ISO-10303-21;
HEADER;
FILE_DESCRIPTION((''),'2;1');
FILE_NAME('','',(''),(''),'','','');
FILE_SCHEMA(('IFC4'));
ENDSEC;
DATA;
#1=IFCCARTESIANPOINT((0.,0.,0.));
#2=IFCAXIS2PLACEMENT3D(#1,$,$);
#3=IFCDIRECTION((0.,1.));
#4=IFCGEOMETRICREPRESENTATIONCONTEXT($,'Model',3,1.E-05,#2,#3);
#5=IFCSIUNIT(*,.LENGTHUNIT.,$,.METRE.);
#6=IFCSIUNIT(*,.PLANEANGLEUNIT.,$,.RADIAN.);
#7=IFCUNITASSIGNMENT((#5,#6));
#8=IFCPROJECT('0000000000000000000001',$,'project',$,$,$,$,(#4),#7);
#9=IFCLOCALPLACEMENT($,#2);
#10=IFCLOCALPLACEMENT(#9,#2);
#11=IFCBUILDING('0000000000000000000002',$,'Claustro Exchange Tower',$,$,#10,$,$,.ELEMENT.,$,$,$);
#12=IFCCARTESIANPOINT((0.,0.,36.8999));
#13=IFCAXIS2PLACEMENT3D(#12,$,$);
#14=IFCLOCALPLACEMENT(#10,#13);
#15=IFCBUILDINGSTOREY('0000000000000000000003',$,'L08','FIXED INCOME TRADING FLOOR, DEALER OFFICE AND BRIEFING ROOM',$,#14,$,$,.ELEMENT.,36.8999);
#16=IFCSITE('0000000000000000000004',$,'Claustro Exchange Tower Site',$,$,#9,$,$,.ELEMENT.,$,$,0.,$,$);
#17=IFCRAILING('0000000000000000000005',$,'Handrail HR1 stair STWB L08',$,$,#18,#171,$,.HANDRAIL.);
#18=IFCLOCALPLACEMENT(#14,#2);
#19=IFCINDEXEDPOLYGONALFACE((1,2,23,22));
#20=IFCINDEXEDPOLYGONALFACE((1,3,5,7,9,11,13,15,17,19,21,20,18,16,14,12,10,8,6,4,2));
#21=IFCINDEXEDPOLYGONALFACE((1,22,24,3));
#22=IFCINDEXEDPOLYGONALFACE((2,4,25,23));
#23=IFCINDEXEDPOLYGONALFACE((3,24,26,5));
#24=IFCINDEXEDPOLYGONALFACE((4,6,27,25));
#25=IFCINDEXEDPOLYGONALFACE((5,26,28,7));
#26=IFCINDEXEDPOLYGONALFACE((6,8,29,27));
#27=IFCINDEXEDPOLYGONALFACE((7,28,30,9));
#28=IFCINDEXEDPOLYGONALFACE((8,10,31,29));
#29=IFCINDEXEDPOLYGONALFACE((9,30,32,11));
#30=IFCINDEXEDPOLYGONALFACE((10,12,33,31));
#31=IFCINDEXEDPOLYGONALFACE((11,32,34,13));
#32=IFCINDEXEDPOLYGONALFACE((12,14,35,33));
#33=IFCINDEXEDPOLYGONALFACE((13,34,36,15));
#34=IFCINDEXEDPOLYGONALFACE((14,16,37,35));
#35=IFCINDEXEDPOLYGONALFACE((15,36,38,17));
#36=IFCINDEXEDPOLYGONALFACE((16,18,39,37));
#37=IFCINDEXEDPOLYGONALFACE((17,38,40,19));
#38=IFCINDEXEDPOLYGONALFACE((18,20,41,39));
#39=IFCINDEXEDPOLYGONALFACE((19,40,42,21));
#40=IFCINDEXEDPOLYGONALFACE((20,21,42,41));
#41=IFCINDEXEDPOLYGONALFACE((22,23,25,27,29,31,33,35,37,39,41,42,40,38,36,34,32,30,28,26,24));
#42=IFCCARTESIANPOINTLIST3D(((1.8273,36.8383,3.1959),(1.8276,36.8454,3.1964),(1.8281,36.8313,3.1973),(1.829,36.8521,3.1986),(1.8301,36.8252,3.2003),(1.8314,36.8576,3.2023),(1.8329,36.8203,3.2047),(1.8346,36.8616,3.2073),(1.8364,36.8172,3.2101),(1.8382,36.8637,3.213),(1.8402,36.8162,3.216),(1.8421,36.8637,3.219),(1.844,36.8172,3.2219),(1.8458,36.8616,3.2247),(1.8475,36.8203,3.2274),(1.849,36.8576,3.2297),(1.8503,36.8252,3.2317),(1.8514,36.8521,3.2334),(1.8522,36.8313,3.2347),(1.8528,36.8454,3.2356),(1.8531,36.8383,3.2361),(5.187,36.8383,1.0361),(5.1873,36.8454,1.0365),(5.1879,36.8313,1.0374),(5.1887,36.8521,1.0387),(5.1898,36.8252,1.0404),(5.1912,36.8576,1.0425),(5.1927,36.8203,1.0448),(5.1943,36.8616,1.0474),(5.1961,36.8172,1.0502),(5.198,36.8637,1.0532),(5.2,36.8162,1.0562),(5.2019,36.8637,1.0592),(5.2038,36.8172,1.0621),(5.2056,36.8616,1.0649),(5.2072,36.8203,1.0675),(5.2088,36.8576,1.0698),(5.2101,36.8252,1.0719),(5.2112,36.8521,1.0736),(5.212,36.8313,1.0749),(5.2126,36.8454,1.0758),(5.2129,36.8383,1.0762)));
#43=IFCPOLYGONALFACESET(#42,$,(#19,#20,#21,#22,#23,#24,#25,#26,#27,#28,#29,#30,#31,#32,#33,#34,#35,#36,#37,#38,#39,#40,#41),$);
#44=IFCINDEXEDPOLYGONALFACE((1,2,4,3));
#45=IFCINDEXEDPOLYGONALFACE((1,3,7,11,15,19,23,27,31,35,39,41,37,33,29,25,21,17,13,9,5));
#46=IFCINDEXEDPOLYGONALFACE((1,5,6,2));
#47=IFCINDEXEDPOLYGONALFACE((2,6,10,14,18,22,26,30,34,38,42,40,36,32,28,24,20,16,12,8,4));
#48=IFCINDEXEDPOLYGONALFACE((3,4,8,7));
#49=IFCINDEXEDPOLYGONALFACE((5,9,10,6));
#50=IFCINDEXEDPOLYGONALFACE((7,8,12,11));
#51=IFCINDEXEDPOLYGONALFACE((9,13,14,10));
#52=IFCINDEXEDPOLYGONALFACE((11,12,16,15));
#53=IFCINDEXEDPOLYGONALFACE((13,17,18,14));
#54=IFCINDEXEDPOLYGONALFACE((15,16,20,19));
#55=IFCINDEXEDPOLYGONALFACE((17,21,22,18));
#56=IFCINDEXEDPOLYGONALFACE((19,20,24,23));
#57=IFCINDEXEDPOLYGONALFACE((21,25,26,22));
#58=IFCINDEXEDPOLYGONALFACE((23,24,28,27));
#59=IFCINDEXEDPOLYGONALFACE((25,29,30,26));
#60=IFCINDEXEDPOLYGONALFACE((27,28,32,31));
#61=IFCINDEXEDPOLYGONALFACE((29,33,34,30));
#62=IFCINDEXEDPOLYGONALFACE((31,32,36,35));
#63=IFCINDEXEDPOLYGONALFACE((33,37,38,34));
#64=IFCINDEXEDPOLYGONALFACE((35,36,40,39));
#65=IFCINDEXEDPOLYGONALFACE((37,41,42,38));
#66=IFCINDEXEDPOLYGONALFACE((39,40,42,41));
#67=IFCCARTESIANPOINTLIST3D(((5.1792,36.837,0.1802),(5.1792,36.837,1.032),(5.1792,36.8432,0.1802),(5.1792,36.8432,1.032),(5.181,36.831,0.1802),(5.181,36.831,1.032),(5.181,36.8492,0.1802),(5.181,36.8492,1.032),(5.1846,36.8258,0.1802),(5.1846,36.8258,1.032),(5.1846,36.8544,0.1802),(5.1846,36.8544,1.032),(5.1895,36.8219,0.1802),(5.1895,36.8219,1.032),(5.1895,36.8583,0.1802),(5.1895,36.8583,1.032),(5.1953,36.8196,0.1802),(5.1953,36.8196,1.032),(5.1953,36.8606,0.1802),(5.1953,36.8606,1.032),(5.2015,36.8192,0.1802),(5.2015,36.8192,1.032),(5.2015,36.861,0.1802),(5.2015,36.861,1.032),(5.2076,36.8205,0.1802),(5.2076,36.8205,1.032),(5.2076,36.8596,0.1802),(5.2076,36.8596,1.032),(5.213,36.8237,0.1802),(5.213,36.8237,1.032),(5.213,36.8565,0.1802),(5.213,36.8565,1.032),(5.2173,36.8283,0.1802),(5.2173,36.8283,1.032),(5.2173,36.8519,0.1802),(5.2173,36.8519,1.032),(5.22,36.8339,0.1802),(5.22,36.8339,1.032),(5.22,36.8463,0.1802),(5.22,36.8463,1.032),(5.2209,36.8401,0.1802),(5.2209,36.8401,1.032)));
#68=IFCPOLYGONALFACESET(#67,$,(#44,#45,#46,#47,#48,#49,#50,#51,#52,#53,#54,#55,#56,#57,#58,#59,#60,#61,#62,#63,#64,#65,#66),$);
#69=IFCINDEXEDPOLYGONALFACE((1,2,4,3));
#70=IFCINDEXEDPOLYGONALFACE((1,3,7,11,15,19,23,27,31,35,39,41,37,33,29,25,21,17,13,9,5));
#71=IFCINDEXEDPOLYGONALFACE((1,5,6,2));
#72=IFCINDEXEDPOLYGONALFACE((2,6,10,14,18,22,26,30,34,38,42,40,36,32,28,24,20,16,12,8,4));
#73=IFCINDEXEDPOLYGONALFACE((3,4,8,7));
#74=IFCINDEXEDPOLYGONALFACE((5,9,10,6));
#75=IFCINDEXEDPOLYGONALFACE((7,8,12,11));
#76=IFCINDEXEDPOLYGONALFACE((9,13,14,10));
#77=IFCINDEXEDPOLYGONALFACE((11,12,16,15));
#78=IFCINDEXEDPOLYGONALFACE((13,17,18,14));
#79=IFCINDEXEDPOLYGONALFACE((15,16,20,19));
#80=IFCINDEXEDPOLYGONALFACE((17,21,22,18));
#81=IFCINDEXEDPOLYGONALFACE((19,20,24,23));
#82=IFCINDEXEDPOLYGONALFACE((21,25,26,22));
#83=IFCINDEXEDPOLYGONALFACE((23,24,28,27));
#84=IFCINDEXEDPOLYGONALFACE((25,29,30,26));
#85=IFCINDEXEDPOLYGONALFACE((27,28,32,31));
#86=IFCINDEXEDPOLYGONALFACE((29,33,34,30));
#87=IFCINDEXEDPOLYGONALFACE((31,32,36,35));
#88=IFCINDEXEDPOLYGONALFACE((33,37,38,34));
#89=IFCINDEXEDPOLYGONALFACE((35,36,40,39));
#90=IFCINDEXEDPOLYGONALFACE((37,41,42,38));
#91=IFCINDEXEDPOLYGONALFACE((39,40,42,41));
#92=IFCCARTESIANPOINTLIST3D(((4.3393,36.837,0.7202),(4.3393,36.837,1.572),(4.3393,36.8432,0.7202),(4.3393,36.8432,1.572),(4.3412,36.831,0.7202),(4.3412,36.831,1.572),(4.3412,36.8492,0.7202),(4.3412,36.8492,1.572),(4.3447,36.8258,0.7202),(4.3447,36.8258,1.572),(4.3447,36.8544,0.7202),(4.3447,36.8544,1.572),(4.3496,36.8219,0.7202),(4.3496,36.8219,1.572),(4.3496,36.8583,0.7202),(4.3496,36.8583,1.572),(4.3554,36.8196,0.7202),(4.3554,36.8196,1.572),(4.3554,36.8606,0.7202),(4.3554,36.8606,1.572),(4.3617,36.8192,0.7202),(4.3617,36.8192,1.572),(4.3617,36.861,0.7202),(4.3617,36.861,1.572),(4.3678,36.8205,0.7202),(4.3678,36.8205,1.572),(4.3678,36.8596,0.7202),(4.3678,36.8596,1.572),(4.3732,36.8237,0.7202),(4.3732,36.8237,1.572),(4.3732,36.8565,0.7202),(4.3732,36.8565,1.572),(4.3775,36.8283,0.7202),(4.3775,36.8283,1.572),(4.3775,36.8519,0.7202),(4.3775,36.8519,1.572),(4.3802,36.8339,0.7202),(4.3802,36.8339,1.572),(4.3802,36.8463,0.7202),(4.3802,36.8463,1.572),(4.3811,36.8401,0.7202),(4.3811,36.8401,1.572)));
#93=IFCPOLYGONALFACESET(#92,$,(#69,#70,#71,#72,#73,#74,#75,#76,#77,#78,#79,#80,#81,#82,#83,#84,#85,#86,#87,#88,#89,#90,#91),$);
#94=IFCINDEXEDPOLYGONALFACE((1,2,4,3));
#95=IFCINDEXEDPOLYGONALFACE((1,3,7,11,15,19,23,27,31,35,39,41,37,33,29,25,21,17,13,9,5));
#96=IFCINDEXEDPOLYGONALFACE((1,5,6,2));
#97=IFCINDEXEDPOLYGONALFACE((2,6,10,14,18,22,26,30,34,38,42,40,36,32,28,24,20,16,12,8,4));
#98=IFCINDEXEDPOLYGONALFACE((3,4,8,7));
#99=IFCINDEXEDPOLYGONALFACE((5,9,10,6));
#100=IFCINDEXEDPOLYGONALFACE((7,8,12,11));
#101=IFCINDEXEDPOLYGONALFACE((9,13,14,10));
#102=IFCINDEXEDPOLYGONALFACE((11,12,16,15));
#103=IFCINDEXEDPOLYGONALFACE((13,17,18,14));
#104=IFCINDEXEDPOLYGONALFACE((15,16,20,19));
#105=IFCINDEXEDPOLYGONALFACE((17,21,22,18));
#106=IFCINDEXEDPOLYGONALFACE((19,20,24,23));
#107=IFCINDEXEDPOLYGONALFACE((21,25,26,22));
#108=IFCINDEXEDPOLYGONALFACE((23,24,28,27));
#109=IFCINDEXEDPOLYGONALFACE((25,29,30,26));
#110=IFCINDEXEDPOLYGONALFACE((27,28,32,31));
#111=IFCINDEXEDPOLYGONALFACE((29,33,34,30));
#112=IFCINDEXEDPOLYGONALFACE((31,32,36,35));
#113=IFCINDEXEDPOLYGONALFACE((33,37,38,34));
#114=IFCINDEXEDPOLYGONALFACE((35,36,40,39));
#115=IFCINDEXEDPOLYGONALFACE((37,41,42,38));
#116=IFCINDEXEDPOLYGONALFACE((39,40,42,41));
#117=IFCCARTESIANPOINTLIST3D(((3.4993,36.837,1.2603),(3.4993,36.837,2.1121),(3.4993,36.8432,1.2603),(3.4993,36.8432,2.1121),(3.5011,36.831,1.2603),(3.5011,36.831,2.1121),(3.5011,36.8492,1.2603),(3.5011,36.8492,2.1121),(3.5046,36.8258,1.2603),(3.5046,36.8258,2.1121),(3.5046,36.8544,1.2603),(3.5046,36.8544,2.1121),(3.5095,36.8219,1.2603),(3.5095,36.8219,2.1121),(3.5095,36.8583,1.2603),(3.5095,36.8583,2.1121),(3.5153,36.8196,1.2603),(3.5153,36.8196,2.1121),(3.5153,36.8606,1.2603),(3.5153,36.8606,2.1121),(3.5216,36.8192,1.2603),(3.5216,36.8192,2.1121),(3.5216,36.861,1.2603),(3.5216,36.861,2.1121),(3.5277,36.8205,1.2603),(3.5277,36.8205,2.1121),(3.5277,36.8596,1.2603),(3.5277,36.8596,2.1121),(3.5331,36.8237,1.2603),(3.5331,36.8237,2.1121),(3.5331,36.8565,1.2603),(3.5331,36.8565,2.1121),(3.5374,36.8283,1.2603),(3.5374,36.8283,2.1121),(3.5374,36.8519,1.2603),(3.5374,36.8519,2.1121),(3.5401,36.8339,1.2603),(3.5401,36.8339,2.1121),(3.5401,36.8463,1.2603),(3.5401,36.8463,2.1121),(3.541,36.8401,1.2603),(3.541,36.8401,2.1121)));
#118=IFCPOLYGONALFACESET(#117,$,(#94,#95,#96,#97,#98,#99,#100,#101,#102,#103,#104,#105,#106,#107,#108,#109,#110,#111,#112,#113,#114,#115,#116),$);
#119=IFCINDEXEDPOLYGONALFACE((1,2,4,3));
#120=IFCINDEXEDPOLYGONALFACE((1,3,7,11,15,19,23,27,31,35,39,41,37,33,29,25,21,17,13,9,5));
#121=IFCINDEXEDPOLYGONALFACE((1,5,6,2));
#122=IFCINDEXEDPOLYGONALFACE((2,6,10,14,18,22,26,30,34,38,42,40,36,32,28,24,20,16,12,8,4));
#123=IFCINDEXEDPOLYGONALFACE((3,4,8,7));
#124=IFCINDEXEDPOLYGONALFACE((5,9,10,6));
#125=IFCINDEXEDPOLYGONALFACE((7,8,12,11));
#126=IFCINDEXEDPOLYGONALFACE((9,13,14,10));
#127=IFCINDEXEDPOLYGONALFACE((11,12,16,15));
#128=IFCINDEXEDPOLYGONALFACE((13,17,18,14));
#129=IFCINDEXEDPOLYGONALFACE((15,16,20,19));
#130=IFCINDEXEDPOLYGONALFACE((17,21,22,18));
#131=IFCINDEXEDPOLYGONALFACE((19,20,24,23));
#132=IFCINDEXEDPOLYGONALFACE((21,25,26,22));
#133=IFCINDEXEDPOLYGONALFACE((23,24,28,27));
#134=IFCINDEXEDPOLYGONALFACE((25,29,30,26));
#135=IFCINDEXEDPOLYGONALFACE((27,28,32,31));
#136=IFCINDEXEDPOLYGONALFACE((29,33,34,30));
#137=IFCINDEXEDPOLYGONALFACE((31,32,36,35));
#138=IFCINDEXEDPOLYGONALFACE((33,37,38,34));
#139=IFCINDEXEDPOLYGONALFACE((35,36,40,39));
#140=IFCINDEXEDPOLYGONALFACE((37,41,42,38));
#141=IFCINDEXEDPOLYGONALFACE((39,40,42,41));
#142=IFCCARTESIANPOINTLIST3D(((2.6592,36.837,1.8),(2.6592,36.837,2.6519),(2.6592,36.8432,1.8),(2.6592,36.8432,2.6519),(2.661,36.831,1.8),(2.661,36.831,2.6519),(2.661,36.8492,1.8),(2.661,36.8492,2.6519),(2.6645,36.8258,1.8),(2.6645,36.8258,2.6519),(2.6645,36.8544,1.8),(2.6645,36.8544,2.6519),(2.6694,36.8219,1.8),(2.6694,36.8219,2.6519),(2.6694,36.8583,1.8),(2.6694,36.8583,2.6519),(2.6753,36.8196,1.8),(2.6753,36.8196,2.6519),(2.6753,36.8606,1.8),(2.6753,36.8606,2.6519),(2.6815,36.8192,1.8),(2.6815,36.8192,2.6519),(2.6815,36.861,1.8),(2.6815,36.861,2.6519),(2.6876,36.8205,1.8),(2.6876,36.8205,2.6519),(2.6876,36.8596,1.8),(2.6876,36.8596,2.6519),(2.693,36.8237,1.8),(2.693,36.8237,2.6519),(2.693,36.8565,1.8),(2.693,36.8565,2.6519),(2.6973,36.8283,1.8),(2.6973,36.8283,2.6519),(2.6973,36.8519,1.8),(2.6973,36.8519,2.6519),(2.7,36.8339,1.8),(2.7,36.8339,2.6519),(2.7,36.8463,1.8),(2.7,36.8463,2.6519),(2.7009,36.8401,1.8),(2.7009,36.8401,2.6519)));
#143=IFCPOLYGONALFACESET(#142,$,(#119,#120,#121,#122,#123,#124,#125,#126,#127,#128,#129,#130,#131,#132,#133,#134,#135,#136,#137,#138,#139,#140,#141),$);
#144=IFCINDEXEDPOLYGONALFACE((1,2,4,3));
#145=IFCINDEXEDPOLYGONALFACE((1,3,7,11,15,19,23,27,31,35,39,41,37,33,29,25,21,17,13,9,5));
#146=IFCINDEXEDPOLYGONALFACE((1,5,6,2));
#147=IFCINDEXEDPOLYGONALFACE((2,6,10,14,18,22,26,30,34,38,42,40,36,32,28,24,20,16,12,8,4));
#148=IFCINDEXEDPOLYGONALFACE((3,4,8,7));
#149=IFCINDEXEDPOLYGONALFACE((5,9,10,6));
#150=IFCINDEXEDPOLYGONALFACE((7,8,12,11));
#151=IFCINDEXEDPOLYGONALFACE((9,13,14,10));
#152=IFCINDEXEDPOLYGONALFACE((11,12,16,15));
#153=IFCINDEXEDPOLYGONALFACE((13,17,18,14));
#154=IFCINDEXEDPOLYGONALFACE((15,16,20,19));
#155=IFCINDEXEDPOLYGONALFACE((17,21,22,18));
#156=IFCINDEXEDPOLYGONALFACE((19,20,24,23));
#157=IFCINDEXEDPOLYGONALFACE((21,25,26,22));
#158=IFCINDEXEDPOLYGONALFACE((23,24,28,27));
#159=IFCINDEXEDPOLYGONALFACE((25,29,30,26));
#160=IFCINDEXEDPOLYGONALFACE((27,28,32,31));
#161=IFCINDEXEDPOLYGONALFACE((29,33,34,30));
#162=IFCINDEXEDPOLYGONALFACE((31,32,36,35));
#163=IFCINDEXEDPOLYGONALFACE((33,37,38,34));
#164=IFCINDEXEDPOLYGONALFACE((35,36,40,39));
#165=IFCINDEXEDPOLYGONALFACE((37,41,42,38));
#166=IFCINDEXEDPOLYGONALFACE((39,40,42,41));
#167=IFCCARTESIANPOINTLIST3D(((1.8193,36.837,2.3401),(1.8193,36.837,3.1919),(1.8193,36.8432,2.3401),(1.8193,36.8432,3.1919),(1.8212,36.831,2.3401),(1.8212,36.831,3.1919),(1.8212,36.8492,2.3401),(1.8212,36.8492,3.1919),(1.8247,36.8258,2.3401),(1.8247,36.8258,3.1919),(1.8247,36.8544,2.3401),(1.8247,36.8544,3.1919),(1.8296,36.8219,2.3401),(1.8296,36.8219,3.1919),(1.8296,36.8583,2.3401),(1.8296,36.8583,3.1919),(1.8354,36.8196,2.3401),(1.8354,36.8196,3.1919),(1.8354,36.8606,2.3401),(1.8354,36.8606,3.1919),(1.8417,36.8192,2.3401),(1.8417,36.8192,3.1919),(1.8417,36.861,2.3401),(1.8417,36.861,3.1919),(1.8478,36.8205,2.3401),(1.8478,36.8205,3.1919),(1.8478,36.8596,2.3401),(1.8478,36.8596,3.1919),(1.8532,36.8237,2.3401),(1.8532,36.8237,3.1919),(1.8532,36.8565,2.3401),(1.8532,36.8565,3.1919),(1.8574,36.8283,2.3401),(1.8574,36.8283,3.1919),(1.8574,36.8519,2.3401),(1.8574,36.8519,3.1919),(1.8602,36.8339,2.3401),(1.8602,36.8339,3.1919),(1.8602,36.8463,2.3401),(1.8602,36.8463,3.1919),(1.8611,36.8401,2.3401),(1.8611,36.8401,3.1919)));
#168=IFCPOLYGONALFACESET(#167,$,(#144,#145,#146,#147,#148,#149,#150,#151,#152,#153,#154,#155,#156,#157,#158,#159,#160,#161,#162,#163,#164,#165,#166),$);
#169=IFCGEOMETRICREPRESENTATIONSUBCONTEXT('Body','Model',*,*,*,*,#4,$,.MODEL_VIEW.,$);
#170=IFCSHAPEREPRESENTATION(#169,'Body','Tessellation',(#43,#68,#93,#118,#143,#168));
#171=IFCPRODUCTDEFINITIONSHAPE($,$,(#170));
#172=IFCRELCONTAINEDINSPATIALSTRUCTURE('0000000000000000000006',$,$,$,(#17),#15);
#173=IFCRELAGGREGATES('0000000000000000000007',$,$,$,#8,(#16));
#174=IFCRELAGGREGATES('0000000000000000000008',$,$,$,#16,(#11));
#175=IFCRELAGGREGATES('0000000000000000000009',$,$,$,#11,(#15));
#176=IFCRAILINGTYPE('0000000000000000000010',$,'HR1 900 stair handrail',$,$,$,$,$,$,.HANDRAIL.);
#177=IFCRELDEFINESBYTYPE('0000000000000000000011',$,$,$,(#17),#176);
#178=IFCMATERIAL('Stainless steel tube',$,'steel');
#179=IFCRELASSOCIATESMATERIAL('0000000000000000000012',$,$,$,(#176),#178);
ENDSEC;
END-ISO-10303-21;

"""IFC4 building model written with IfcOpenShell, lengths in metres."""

from ifc_helpers import new_model, si_unit, direction, frame, origin, origin_2d, place, context, subcontext, project, spatial, circle, extrude, material, type_object, element, save


model = new_model("IFC4")

# Units and contexts
model_context = context("Model", 3, precision=1e-05, world=origin(), true_north=direction((0.0, 1.0)))
body_context = subcontext(model_context, "Body", "Model", "MODEL_VIEW")
ifc_project = project(units=[si_unit("LENGTHUNIT", "METRE"), si_unit("PLANEANGLEUNIT", "RADIAN")], contexts=[model_context])

# Site, building, storey
site_placement = place(None, origin())
site = spatial("IfcSite", under=ifc_project, at=site_placement, Name="Claustro Exchange Tower Site", CompositionType="ELEMENT", RefElevation=0.0)
building_placement = place(site_placement, origin())
building = spatial("IfcBuilding", under=site, at=building_placement, Name="Claustro Exchange Tower", CompositionType="ELEMENT")
storey_placement = place(building_placement, frame((0.0, 0.0, 36.8999)))
storey = spatial("IfcBuildingStorey", under=building, at=storey_placement, Name="L08", Description="FIXED INCOME TRADING FLOOR, DEALER OFFICE AND BRIEFING ROOM", CompositionType="ELEMENT", Elevation=36.8999)

# Railing
ifc_material_1 = material(Name="Stainless steel tube", Category="steel")
railing_type_1 = type_object("IfcRailingType", Name="HR1 900 stair handrail", PredefinedType="HANDRAIL", material=ifc_material_1)
railing_1_placement = place(storey_placement, frame((5.2, 36.8401, 0.1802)))
element("IfcRailing", 1, at=railing_1_placement, inside=storey, type_object=railing_type_1, Name="Handrail HR1 stair STWB L08", PredefinedType="HANDRAIL", context=body_context, shape_type="SweptSolid", body=[
    extrude(circle(Radius=0.0239, at=origin_2d()), frame((0.0, 0.0, 0.876), z_axis=(-0.841178, 0.0, 0.540758), x_axis=(0.0, -1.0, 0.0)), (0.0, 0.0, 1.0), 3.9941),
    extrude(circle(Radius=0.021, at=origin_2d()), origin(), (0.0, 0.0, 1.0), 0.8518),
    extrude(circle(Radius=0.021, at=origin_2d()), frame((-0.8398, 0.0, 0.54)), (0.0, 0.0, 1.0), 0.8518),
    extrude(circle(Radius=0.021, at=origin_2d()), frame((-1.6799, 0.0, 1.0801)), (0.0, 0.0, 1.0), 0.8518),
    extrude(circle(Radius=0.021, at=origin_2d()), frame((-2.52, 0.0, 1.6199)), (0.0, 0.0, 1.0), 0.8518),
    extrude(circle(Radius=0.021, at=origin_2d()), frame((-3.3599, 0.0, 2.1599)), (0.0, 0.0, 1.0), 0.8518),
])

save(model, "model.ifc")
